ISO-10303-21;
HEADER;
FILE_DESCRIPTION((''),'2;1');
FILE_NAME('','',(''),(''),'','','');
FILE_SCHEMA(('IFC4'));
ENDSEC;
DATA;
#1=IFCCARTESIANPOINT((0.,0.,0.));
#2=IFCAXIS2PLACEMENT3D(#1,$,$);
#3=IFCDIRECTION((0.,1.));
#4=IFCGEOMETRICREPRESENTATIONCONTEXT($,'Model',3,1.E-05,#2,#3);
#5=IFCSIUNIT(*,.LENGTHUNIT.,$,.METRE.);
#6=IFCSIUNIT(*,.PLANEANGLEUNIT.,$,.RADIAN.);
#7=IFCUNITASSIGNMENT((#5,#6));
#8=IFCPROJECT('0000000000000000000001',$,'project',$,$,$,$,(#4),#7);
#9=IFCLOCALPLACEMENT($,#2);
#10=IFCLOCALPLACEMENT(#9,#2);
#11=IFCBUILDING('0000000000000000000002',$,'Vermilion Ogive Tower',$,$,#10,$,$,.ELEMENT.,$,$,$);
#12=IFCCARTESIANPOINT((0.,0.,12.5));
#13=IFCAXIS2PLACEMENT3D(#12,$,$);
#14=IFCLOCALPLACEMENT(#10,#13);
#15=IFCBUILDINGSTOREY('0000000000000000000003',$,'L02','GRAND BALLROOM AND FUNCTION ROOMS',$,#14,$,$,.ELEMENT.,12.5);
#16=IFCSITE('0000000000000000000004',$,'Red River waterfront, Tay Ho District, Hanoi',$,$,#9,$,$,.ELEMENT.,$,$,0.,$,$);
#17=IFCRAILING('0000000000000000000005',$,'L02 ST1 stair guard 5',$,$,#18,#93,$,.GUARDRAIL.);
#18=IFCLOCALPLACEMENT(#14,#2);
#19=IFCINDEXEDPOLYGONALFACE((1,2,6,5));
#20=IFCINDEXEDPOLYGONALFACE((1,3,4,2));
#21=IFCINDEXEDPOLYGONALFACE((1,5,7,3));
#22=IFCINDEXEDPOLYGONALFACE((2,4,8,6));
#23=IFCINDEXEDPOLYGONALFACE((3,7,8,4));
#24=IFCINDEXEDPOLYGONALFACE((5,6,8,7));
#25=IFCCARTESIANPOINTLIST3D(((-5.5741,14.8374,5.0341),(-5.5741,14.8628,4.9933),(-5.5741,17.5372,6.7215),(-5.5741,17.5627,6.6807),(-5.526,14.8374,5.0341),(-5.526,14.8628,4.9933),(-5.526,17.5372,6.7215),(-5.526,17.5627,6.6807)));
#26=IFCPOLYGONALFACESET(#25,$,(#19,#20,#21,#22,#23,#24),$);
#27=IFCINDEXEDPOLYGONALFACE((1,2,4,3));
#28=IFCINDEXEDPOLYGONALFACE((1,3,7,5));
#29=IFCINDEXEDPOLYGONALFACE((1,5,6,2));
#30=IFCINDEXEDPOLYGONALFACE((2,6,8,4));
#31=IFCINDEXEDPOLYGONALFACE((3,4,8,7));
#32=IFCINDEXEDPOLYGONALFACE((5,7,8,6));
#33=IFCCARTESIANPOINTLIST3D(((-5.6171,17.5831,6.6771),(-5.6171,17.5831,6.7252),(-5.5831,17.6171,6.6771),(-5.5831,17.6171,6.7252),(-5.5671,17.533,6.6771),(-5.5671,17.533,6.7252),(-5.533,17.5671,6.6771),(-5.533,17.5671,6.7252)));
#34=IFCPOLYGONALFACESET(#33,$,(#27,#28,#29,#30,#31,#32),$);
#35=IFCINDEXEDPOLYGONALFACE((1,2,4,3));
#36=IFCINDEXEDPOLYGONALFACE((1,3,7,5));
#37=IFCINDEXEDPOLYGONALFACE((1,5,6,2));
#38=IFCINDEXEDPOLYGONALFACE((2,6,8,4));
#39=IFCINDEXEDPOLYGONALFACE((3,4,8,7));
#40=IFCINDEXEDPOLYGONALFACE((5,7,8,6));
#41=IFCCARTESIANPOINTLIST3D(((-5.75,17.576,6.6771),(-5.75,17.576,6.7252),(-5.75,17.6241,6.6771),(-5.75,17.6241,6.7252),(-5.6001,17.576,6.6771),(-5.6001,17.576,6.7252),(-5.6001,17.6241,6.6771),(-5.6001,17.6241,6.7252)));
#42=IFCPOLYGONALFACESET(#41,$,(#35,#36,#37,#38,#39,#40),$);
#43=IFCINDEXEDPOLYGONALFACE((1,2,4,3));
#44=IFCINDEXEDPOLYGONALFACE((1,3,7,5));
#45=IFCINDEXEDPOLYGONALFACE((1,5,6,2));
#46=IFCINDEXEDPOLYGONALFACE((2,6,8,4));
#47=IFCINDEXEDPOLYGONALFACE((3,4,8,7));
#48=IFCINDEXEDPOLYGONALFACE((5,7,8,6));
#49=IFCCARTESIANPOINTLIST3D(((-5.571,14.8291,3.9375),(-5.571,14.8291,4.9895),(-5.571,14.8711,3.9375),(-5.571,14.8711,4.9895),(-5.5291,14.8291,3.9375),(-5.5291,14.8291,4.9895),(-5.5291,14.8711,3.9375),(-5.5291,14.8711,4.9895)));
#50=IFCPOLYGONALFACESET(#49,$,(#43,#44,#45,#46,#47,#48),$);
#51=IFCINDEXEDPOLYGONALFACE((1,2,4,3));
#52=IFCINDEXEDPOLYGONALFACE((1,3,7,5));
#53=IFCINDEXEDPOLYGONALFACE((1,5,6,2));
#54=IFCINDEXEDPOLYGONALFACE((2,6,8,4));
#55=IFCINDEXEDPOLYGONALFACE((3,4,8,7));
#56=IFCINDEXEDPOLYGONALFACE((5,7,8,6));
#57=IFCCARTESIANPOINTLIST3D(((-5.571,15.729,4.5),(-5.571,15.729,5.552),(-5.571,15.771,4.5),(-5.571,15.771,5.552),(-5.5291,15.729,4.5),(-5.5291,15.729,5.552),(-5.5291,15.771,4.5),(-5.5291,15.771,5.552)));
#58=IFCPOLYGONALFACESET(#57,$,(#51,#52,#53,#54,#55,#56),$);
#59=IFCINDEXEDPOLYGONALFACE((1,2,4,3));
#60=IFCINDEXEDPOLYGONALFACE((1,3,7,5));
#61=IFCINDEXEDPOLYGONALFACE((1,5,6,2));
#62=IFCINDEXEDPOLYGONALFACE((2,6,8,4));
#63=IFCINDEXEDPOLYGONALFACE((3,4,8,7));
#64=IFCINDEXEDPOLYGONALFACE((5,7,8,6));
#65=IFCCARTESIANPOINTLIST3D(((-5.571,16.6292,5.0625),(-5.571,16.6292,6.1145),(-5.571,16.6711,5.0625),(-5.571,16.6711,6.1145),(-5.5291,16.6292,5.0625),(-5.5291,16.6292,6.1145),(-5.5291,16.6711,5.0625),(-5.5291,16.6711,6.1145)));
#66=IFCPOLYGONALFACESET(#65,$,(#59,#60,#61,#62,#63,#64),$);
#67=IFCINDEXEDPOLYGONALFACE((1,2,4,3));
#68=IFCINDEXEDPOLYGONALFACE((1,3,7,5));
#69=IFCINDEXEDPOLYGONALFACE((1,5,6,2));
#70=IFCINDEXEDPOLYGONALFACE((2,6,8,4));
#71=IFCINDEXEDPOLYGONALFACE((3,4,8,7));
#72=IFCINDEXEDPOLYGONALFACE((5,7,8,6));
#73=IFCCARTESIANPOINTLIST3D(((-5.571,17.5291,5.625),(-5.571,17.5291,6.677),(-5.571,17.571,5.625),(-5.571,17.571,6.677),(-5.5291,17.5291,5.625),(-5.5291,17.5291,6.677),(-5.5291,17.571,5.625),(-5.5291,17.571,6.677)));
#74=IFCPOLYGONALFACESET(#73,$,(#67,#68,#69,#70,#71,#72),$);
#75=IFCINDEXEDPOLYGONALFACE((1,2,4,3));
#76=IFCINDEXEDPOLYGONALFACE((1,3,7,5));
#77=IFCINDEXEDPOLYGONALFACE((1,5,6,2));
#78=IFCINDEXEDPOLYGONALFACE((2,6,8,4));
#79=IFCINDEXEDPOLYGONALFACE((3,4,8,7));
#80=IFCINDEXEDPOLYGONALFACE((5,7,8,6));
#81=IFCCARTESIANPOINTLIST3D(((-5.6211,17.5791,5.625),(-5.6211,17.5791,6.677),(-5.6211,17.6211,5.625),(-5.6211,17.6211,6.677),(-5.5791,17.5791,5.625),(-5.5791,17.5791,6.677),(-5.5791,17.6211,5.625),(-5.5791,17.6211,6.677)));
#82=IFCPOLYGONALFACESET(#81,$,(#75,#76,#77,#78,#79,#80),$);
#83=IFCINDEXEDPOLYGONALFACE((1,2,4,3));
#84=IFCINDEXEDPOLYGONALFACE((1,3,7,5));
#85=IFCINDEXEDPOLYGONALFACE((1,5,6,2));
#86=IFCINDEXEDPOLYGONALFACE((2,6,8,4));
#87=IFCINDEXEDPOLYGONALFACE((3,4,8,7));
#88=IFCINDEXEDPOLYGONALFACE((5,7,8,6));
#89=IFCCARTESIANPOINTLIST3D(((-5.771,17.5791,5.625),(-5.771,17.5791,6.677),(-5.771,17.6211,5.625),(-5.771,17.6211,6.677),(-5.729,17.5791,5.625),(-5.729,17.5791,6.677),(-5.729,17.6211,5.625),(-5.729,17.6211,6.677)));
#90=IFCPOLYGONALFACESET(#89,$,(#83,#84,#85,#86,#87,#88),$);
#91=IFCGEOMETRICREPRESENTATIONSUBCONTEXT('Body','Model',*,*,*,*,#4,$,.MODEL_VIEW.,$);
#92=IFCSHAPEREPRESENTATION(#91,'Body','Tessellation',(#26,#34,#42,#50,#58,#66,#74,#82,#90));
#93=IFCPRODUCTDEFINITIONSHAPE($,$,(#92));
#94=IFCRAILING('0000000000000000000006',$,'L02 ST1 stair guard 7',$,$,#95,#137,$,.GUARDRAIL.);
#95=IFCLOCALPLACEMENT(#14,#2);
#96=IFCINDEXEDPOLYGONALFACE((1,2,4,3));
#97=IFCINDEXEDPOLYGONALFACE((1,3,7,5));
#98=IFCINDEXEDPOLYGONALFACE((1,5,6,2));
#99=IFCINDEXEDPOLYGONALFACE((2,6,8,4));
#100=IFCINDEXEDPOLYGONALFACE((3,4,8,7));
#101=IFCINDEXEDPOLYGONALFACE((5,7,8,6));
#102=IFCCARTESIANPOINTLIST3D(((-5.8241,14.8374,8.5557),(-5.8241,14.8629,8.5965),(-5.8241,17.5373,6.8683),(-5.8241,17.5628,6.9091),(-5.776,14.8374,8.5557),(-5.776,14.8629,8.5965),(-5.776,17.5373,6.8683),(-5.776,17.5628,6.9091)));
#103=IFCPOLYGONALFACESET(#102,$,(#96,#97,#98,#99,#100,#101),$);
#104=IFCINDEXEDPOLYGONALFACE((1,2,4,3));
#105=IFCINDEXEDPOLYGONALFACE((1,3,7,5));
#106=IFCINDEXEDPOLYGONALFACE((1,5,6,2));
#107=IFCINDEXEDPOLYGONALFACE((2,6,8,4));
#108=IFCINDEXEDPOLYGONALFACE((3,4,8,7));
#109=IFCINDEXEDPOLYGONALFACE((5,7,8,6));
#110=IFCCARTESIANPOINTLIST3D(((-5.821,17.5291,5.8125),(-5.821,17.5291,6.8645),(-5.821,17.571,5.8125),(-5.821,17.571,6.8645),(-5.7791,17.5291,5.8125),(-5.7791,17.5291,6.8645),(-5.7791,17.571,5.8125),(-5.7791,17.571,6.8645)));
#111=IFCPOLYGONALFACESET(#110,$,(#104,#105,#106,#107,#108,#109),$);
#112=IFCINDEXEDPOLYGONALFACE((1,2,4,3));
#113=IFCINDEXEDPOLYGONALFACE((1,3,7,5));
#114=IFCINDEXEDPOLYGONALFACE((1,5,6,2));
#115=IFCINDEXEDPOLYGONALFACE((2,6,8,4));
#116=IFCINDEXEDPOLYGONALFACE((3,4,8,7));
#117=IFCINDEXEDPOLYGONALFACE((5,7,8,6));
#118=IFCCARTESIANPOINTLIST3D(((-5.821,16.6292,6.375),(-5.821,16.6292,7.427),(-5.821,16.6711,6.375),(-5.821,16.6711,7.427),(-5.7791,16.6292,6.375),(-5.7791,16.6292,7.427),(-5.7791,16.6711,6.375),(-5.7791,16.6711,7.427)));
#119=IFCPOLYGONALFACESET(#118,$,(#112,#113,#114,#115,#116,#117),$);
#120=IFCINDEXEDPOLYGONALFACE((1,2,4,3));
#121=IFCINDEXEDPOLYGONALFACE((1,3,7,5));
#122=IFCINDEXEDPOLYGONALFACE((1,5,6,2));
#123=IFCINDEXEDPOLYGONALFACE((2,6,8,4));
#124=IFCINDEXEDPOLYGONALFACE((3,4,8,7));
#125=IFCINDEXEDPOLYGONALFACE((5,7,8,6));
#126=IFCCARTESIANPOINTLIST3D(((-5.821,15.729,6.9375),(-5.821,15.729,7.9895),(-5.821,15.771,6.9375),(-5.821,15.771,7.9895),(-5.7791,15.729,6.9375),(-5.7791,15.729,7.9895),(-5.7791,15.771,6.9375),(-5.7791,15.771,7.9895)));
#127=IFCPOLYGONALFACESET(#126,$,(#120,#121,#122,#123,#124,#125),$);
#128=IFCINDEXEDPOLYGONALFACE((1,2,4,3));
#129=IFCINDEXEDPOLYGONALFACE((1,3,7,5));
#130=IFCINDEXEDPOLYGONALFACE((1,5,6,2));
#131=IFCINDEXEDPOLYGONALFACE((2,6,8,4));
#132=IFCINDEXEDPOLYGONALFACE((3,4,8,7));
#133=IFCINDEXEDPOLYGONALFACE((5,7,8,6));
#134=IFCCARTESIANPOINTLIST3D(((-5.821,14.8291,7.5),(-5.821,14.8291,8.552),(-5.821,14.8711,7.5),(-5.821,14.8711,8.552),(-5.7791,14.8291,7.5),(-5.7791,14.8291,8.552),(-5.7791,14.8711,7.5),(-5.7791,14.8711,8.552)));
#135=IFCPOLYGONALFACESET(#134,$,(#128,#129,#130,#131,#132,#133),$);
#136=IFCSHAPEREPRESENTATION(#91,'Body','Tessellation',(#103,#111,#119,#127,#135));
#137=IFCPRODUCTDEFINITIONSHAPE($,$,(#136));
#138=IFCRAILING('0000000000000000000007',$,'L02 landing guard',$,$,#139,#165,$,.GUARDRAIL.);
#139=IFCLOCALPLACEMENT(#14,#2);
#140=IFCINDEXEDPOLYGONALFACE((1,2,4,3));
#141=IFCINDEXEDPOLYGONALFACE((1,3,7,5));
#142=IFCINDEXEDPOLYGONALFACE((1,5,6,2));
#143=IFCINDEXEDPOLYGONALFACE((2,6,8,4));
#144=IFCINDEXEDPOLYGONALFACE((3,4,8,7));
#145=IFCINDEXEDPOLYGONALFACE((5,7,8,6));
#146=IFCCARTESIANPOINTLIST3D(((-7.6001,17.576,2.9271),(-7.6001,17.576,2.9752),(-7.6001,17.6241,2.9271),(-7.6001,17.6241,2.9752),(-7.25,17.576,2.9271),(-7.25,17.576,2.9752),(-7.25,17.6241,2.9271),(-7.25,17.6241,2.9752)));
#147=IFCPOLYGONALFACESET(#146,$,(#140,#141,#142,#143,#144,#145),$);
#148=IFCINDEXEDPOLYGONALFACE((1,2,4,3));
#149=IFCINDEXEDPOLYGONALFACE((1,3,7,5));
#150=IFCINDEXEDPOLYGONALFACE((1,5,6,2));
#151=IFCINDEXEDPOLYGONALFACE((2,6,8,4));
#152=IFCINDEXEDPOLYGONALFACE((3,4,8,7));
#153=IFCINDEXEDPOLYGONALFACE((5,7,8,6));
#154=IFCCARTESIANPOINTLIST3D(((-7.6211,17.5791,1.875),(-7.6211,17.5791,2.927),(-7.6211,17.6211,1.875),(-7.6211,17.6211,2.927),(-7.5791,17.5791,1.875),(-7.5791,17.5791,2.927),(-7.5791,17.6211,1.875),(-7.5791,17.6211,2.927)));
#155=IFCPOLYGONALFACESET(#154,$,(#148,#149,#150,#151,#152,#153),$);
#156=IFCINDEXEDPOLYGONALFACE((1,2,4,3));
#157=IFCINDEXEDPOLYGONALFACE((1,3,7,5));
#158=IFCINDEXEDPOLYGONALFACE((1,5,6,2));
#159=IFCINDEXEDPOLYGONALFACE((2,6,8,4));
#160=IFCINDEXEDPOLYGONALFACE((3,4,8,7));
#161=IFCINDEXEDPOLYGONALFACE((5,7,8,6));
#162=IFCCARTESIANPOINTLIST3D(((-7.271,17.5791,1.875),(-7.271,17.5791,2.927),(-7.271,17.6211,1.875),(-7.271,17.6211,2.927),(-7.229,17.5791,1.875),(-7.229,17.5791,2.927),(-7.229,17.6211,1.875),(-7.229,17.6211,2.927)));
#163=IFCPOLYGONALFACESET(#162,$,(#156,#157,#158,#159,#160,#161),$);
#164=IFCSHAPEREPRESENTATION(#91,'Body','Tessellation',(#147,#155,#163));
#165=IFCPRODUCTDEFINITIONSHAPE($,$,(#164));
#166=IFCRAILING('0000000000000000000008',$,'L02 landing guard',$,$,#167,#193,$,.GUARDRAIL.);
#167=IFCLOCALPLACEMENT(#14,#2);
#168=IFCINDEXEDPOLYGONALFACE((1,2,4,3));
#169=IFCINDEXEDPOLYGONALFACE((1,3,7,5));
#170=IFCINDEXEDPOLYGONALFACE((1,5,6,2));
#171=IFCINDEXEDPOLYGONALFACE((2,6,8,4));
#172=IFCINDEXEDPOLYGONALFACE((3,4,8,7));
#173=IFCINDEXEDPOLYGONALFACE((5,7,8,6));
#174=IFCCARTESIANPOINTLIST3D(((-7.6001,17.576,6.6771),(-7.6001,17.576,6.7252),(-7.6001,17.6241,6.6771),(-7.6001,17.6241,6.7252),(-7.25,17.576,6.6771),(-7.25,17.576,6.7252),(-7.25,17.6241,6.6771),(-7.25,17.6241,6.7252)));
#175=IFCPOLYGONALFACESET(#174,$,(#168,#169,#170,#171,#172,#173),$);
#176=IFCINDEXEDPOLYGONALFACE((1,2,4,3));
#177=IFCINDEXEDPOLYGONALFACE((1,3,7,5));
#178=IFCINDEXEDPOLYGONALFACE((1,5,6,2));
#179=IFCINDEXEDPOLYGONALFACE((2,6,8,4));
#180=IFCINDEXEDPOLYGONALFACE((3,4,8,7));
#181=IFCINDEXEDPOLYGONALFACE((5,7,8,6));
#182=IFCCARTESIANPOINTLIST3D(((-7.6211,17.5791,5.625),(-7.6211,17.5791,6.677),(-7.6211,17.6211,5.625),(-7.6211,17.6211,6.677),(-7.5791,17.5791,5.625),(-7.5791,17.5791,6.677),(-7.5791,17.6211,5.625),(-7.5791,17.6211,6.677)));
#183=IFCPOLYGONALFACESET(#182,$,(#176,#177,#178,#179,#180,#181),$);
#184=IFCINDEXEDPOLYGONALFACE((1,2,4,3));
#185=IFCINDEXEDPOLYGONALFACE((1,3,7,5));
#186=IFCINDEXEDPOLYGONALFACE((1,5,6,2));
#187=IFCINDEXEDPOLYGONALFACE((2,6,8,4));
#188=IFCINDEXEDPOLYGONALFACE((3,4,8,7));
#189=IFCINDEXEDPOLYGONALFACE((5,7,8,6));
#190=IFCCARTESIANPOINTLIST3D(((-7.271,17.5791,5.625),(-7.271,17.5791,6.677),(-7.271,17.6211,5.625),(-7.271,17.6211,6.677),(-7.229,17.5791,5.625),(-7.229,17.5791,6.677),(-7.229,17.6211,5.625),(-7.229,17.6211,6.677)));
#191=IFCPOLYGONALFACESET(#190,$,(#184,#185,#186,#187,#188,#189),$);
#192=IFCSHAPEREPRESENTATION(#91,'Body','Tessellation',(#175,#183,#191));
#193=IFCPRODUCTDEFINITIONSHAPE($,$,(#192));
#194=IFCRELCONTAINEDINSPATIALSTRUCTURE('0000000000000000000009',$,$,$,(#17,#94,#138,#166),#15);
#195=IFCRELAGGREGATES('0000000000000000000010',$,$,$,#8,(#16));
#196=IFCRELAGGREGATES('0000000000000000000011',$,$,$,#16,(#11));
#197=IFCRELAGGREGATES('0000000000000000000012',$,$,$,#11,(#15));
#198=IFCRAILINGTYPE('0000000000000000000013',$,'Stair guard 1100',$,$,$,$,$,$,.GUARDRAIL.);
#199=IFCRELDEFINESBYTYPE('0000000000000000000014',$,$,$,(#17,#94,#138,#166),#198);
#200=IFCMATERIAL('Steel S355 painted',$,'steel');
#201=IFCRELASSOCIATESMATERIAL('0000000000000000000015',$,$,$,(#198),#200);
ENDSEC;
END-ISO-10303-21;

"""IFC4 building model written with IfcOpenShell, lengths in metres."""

from ifc_helpers import new_model, si_unit, direction, frame, origin, origin_2d, place, context, subcontext, project, spatial, rectangle, extrude, material, type_object, element, save


model = new_model("IFC4")

# Units and contexts
model_context = context("Model", 3, precision=1e-05, world=origin(), true_north=direction((0.0, 1.0)))
body_context = subcontext(model_context, "Body", "Model", "MODEL_VIEW")
ifc_project = project(units=[si_unit("LENGTHUNIT", "METRE"), si_unit("PLANEANGLEUNIT", "RADIAN")], contexts=[model_context])

# Site, building, storey
site_placement = place(None, origin())
site = spatial("IfcSite", under=ifc_project, at=site_placement, Name="Red River waterfront, Tay Ho District, Hanoi", CompositionType="ELEMENT", RefElevation=0.0)
building_placement = place(site_placement, origin())
building = spatial("IfcBuilding", under=site, at=building_placement, Name="Vermilion Ogive Tower", CompositionType="ELEMENT")
storey_placement = place(building_placement, frame((0.0, 0.0, 12.5)))
storey = spatial("IfcBuildingStorey", under=building, at=storey_placement, Name="L02", Description="GRAND BALLROOM AND FUNCTION ROOMS", CompositionType="ELEMENT", Elevation=12.5)

# Railings
ifc_material_1 = material(Name="Steel S355 painted", Category="steel")
railing_type_1 = type_object("IfcRailingType", Name="Stair guard 1100", PredefinedType="GUARDRAIL", material=ifc_material_1)
railing_1_placement = place(storey_placement, frame((-5.55, 14.8501, 3.9375)))
element("IfcRailing", 1, at=railing_1_placement, inside=storey, type_object=railing_type_1, Name="L02 ST1 stair guard 5", PredefinedType="GUARDRAIL", context=body_context, shape_type="SweptSolid", body=[
    extrude(rectangle(XDim=0.0481, YDim=0.0481, at=origin_2d()), frame((0.0, 0.0, 1.0762), z_axis=(0.0, 0.847994, 0.530006), x_axis=(-1.0, 0.0, 0.0)), (0.0, 0.0, 1.0), 3.1838),
    extrude(rectangle(XDim=0.0481, YDim=0.0481, at=origin_2d()), frame((0.0, 2.7, 2.7637), z_axis=(-0.707107, 0.707107, 0.0), x_axis=(-0.707107, -0.707107, 0.0)), (0.0, 0.0, 1.0), 0.0708),
    extrude(rectangle(XDim=0.0481, YDim=0.0481, at=origin_2d()), frame((-0.05, 2.75, 2.7637), z_axis=(-1.0, 0.0, 0.0), x_axis=(0.0, -1.0, 0.0)), (0.0, 0.0, 1.0), 0.1499),
    extrude(rectangle(XDim=0.042, YDim=0.042, at=origin_2d()), origin(), (0.0, 0.0, 1.0), 1.052),
    extrude(rectangle(XDim=0.042, YDim=0.042, at=origin_2d()), frame((0.0, 0.8999, 0.5625)), (0.0, 0.0, 1.0), 1.052),
    extrude(rectangle(XDim=0.042, YDim=0.042, at=origin_2d()), frame((0.0, 1.8, 1.125)), (0.0, 0.0, 1.0), 1.052),
    extrude(rectangle(XDim=0.042, YDim=0.042, at=origin_2d()), frame((0.0, 2.7, 1.6875)), (0.0, 0.0, 1.0), 1.052),
    extrude(rectangle(XDim=0.042, YDim=0.042, at=origin_2d()), frame((-0.05, 2.75, 1.6875)), (0.0, 0.0, 1.0), 1.052),
    extrude(rectangle(XDim=0.042, YDim=0.042, at=origin_2d()), frame((-0.2, 2.75, 1.6875)), (0.0, 0.0, 1.0), 1.052),
])
railing_2_placement = place(storey_placement, frame((-5.8, 17.55, 5.8125)))
element("IfcRailing", 2, at=railing_2_placement, inside=storey, type_object=railing_type_1, Name="L02 ST1 stair guard 7", PredefinedType="GUARDRAIL", context=body_context, shape_type="SweptSolid", body=[
    extrude(rectangle(XDim=0.0481, YDim=0.0481, at=origin_2d()), frame((0.0, 0.0, 1.0762), z_axis=(0.0, -0.847994, 0.530006), x_axis=(1.0, 0.0, 0.0)), (0.0, 0.0, 1.0), 3.1838),
    extrude(rectangle(XDim=0.042, YDim=0.042, at=origin_2d()), origin(), (0.0, 0.0, 1.0), 1.052),
    extrude(rectangle(XDim=0.042, YDim=0.042, at=origin_2d()), frame((0.0, -0.8999, 0.5625)), (0.0, 0.0, 1.0), 1.052),
    extrude(rectangle(XDim=0.042, YDim=0.042, at=origin_2d()), frame((0.0, -1.8, 1.125)), (0.0, 0.0, 1.0), 1.052),
    extrude(rectangle(XDim=0.042, YDim=0.042, at=origin_2d()), frame((0.0, -2.7, 1.6875)), (0.0, 0.0, 1.0), 1.052),
])
for number, where, name in (
    (3, (-7.6001, 17.6001, 1.875), "L02 landing guard"),
    (4, (-7.6001, 17.6001, 5.625), "L02 landing guard"),
):
    element("IfcRailing", number, at=place(storey_placement, frame(where)), inside=storey, type_object=railing_type_1, Name=name, PredefinedType="GUARDRAIL", context=body_context, shape_type="SweptSolid", body=[
        extrude(rectangle(XDim=0.0481, YDim=0.0481, at=origin_2d()), frame((0.0, 0.0, 1.0762), z_axis=(1.0, 0.0, 0.0), x_axis=(0.0, 1.0, 0.0)), (0.0, 0.0, 1.0), 0.3501),
        extrude(rectangle(XDim=0.042, YDim=0.042, at=origin_2d()), origin(), (0.0, 0.0, 1.0), 1.052),
        extrude(rectangle(XDim=0.042, YDim=0.042, at=origin_2d()), frame((0.3501, 0.0, 0.0)), (0.0, 0.0, 1.0), 1.052),
    ])

save(model, "model.ifc")
